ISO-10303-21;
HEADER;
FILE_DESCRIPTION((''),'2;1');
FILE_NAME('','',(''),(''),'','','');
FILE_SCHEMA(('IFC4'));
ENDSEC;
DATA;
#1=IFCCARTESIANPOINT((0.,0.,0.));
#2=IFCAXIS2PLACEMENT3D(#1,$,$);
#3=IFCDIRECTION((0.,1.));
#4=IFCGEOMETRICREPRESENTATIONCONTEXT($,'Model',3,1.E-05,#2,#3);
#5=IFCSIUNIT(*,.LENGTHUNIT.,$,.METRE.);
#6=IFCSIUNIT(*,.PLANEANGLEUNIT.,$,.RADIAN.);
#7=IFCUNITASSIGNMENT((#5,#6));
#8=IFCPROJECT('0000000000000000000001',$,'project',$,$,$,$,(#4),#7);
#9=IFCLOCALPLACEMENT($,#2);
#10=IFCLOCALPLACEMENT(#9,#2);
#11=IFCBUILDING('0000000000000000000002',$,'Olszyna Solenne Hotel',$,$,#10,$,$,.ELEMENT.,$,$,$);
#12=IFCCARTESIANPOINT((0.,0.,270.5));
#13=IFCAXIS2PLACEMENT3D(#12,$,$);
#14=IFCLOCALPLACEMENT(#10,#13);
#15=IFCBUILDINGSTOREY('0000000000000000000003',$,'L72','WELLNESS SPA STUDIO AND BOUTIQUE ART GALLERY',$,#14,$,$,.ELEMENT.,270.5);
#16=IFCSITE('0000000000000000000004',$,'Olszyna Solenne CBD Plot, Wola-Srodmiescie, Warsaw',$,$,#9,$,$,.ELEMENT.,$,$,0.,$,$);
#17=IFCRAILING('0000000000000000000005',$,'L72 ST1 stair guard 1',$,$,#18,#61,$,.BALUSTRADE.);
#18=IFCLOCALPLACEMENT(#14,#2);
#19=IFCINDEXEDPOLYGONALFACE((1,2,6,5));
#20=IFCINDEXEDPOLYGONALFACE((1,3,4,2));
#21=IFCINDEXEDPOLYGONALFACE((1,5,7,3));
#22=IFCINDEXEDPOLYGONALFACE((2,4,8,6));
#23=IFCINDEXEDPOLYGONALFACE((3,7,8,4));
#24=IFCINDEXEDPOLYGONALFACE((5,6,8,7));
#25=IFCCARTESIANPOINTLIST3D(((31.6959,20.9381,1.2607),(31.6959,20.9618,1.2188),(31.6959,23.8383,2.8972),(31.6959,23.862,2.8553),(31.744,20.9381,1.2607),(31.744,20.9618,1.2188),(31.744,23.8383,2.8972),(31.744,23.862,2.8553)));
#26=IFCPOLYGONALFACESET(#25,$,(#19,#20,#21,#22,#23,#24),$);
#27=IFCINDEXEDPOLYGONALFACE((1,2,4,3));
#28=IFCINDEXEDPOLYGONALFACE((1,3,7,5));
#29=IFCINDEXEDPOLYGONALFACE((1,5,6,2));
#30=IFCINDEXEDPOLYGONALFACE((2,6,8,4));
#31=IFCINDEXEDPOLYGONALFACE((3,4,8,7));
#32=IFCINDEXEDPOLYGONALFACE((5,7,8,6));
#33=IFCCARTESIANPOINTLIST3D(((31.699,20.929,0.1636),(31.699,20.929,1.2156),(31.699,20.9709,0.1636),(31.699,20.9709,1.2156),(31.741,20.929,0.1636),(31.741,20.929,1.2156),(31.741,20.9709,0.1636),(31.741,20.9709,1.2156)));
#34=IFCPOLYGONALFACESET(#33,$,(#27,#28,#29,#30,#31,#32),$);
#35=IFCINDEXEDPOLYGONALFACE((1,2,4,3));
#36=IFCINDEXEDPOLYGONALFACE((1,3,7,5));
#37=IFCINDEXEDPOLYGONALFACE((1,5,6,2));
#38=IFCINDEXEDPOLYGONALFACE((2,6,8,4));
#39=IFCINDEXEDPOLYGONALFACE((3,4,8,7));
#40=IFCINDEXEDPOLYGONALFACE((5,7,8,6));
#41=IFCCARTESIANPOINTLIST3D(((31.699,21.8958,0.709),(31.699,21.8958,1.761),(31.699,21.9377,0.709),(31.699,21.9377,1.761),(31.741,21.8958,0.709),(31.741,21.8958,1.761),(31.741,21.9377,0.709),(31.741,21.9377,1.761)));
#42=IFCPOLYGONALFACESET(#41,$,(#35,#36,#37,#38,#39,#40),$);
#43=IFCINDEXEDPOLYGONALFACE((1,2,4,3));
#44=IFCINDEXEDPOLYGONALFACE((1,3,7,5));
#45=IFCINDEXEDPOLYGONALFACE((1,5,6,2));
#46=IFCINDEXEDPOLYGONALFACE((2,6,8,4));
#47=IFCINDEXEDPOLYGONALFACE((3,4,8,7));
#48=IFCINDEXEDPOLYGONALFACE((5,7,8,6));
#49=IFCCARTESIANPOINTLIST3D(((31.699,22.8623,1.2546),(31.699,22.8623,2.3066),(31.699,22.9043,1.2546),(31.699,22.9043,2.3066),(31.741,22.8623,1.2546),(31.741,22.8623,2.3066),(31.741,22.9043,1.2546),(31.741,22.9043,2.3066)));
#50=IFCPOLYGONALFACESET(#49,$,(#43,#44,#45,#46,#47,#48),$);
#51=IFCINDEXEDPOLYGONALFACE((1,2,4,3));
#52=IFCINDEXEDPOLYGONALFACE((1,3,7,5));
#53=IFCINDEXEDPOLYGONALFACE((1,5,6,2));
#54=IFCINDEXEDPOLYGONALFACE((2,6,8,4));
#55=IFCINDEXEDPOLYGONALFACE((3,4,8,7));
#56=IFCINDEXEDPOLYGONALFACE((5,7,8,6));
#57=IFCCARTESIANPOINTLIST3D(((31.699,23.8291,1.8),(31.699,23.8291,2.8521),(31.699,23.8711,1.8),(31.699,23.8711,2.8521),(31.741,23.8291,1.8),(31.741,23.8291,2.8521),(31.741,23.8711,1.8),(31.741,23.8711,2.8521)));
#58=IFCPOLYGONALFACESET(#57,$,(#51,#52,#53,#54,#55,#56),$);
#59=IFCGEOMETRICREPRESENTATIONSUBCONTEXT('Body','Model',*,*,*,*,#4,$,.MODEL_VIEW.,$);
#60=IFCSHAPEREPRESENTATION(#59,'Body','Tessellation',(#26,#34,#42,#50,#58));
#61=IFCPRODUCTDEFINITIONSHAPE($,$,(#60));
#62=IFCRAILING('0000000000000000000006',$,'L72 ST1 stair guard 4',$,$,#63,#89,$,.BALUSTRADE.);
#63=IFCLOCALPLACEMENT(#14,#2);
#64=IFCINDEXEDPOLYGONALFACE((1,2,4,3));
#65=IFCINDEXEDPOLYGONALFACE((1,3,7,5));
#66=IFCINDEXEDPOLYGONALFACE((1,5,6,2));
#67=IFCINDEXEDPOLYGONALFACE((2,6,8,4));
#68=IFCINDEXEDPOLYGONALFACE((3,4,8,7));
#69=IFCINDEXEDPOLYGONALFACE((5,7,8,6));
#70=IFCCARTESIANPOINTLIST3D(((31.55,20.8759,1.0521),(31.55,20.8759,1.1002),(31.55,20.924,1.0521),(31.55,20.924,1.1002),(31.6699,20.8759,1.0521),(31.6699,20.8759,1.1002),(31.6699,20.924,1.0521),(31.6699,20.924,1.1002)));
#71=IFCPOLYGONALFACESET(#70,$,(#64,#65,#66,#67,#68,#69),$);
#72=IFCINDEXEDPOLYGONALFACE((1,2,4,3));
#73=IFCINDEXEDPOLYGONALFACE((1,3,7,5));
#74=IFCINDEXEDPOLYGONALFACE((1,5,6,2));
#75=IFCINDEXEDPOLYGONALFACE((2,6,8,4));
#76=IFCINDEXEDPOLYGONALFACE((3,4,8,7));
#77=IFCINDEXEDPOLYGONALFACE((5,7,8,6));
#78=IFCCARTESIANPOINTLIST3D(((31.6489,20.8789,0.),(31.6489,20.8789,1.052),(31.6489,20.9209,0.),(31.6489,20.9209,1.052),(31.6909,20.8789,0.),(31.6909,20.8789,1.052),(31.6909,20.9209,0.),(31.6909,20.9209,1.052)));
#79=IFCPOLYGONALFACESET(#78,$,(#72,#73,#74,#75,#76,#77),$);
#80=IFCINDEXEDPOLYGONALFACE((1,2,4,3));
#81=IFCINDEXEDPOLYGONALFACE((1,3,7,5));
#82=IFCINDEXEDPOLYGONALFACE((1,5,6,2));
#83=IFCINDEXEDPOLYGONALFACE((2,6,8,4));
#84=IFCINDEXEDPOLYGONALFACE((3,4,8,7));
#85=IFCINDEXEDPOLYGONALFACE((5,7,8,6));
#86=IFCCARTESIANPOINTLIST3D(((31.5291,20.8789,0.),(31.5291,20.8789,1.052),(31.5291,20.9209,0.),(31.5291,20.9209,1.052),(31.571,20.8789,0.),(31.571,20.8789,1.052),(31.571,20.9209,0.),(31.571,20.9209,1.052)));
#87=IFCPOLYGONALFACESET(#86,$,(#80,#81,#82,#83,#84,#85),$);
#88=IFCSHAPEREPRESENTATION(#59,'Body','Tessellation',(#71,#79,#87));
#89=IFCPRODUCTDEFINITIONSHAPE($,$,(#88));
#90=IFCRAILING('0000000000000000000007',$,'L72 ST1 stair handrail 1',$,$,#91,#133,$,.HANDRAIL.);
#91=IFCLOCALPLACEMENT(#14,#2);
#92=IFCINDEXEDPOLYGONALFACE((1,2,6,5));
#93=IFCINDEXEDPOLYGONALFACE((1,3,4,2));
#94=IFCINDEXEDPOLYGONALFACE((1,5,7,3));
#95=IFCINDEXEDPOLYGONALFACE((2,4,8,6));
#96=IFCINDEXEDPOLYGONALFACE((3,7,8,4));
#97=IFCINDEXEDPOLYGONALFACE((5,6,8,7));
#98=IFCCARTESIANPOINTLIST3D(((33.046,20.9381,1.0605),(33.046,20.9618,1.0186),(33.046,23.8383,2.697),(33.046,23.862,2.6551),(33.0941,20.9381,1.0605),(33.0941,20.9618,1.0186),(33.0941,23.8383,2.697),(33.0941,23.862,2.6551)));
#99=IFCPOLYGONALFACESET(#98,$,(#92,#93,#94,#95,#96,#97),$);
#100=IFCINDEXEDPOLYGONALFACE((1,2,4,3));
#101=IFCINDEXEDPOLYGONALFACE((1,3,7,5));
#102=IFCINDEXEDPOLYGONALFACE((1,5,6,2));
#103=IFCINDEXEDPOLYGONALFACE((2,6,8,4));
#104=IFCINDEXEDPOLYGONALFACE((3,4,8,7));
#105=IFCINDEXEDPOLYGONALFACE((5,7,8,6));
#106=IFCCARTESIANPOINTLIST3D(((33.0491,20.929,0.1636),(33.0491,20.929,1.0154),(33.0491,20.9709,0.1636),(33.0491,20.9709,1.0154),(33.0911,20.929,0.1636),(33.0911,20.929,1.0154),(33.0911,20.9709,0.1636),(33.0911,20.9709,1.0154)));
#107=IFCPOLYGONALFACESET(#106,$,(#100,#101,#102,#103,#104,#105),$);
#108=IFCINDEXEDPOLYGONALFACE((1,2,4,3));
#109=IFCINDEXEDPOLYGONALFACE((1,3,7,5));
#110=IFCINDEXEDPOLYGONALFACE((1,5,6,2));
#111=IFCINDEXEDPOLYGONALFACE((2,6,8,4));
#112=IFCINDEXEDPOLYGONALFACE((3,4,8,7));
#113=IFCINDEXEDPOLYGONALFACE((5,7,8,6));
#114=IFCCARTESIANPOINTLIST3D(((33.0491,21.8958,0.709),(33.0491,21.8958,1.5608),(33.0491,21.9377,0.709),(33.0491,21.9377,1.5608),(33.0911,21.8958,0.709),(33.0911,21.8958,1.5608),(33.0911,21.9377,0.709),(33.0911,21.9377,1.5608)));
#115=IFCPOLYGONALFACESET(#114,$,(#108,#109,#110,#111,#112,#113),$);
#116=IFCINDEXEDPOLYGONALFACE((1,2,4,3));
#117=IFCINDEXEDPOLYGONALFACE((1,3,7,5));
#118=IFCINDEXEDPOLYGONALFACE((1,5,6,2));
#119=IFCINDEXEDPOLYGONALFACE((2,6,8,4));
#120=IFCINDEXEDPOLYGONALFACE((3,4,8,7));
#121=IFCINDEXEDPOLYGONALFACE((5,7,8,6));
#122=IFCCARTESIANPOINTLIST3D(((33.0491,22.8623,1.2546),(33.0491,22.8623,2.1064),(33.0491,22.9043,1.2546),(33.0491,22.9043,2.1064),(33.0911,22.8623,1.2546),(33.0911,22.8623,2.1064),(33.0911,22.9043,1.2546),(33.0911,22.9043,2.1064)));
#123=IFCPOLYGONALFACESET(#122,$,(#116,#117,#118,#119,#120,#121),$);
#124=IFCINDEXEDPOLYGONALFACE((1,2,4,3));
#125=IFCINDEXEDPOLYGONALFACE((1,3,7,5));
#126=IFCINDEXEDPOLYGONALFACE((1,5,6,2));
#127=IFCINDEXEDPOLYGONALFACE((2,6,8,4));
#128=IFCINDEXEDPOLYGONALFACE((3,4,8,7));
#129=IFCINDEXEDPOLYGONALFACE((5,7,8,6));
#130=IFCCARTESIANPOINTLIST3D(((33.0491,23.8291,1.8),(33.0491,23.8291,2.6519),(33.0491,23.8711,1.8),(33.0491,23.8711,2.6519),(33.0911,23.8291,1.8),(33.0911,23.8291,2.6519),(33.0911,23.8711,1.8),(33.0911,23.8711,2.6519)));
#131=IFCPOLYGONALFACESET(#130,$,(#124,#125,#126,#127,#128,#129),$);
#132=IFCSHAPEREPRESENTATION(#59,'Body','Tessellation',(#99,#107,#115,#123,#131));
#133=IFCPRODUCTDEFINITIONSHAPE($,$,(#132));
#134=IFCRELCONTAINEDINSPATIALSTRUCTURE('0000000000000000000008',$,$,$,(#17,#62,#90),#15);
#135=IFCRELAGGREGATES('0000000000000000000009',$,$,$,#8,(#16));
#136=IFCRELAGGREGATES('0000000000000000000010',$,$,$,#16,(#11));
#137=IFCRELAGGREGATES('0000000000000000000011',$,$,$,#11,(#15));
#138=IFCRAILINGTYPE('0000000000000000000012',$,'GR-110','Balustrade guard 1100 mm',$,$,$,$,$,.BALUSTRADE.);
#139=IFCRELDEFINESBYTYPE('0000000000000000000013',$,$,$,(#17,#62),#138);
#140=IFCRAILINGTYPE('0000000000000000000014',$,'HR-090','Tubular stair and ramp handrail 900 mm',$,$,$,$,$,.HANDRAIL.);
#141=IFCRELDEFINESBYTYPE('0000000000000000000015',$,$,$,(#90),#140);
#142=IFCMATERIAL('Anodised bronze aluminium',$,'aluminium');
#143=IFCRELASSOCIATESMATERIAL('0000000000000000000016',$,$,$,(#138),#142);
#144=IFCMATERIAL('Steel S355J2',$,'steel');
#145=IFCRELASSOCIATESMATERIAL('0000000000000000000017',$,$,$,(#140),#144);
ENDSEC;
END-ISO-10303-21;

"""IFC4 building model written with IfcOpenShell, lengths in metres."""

from ifc_helpers import new_model, si_unit, direction, frame, origin, origin_2d, place, context, subcontext, project, spatial, rectangle, extrude, material, type_object, element, save


model = new_model("IFC4")

# Units and contexts
model_context = context("Model", 3, precision=1e-05, world=origin(), true_north=direction((0.0, 1.0)))
body_context = subcontext(model_context, "Body", "Model", "MODEL_VIEW")
ifc_project = project(units=[si_unit("LENGTHUNIT", "METRE"), si_unit("PLANEANGLEUNIT", "RADIAN")], contexts=[model_context])

# Site, building, storey
site_placement = place(None, origin())
site = spatial("IfcSite", under=ifc_project, at=site_placement, Name="Olszyna Solenne CBD Plot, Wola-Srodmiescie, Warsaw", CompositionType="ELEMENT", RefElevation=0.0)
building_placement = place(site_placement, origin())
building = spatial("IfcBuilding", under=site, at=building_placement, Name="Olszyna Solenne Hotel", CompositionType="ELEMENT")
storey_placement = place(building_placement, frame((0.0, 0.0, 270.5)))
storey = spatial("IfcBuildingStorey", under=building, at=storey_placement, Name="L72", Description="WELLNESS SPA STUDIO AND BOUTIQUE ART GALLERY", CompositionType="ELEMENT", Elevation=270.5)

# Shared definitions
ifc_material_1 = material(Name="Steel S355J2", Category="steel")

# Shared definitions
ifc_material_2 = material(Name="Anodised bronze aluminium", Category="aluminium")

# Railings
railing_type_1 = type_object("IfcRailingType", Name="GR-110", Description="Balustrade guard 1100 mm", PredefinedType="BALUSTRADE", material=ifc_material_2)
railing_1_placement = place(storey_placement, frame((31.72, 20.95, 0.1636)))
element("IfcRailing", 1, at=railing_1_placement, inside=storey, type_object=railing_type_1, Name="L72 ST1 stair guard 1", PredefinedType="BALUSTRADE", context=body_context, shape_type="SweptSolid", body=[
    extrude(rectangle(XDim=0.0481, YDim=0.0481, at=origin_2d()), frame((0.0, 0.0, 1.0762), z_axis=(0.0, 0.870915, 0.491434), x_axis=(-1.0, 0.0, 0.0)), (0.0, 0.0, 1.0), 3.3301),
    extrude(rectangle(XDim=0.042, YDim=0.042, at=origin_2d()), origin(), (0.0, 0.0, 1.0), 1.052),
    extrude(rectangle(XDim=0.042, YDim=0.042, at=origin_2d()), frame((0.0, 0.9668, 0.5454)), (0.0, 0.0, 1.0), 1.052),
    extrude(rectangle(XDim=0.042, YDim=0.042, at=origin_2d()), frame((0.0, 1.9333, 1.0911)), (0.0, 0.0, 1.0), 1.052),
    extrude(rectangle(XDim=0.042, YDim=0.042, at=origin_2d()), frame((0.0, 2.9001, 1.6365)), (0.0, 0.0, 1.0), 1.052),
])
railing_2_placement = place(storey_placement, frame((31.6699, 20.8999, 0.0)))
element("IfcRailing", 2, at=railing_2_placement, inside=storey, type_object=railing_type_1, Name="L72 ST1 stair guard 4", PredefinedType="BALUSTRADE", context=body_context, shape_type="SweptSolid", body=[
    extrude(rectangle(XDim=0.0481, YDim=0.0481, at=origin_2d()), frame((0.0, 0.0, 1.0762), z_axis=(-1.0, 0.0, 0.0), x_axis=(0.0, -1.0, 0.0)), (0.0, 0.0, 1.0), 0.1199),
    extrude(rectangle(XDim=0.042, YDim=0.042, at=origin_2d()), origin(), (0.0, 0.0, 1.0), 1.052),
    extrude(rectangle(XDim=0.042, YDim=0.042, at=origin_2d()), frame((-0.1199, 0.0, 0.0)), (0.0, 0.0, 1.0), 1.052),
])
railing_type_2 = type_object("IfcRailingType", Name="HR-090", Description="Tubular stair and ramp handrail 900 mm", PredefinedType="HANDRAIL", material=ifc_material_1)
railing_3_placement = place(storey_placement, frame((33.0701, 20.95, 0.1636)))
element("IfcRailing", 3, at=railing_3_placement, inside=storey, type_object=railing_type_2, Name="L72 ST1 stair handrail 1", PredefinedType="HANDRAIL", context=body_context, shape_type="SweptSolid", body=[
    extrude(rectangle(XDim=0.0481, YDim=0.0481, at=origin_2d()), frame((0.0, 0.0, 0.876), z_axis=(0.0, 0.870915, 0.491434), x_axis=(-1.0, 0.0, 0.0)), (0.0, 0.0, 1.0), 3.3301),
    extrude(rectangle(XDim=0.042, YDim=0.042, at=origin_2d()), origin(), (0.0, 0.0, 1.0), 0.8518),
    extrude(rectangle(XDim=0.042, YDim=0.042, at=origin_2d()), frame((0.0, 0.9668, 0.5454)), (0.0, 0.0, 1.0), 0.8518),
    extrude(rectangle(XDim=0.042, YDim=0.042, at=origin_2d()), frame((0.0, 1.9333, 1.0911)), (0.0, 0.0, 1.0), 0.8518),
    extrude(rectangle(XDim=0.042, YDim=0.042, at=origin_2d()), frame((0.0, 2.9001, 1.6365)), (0.0, 0.0, 1.0), 0.8518),
])

save(model, "model.ifc")
